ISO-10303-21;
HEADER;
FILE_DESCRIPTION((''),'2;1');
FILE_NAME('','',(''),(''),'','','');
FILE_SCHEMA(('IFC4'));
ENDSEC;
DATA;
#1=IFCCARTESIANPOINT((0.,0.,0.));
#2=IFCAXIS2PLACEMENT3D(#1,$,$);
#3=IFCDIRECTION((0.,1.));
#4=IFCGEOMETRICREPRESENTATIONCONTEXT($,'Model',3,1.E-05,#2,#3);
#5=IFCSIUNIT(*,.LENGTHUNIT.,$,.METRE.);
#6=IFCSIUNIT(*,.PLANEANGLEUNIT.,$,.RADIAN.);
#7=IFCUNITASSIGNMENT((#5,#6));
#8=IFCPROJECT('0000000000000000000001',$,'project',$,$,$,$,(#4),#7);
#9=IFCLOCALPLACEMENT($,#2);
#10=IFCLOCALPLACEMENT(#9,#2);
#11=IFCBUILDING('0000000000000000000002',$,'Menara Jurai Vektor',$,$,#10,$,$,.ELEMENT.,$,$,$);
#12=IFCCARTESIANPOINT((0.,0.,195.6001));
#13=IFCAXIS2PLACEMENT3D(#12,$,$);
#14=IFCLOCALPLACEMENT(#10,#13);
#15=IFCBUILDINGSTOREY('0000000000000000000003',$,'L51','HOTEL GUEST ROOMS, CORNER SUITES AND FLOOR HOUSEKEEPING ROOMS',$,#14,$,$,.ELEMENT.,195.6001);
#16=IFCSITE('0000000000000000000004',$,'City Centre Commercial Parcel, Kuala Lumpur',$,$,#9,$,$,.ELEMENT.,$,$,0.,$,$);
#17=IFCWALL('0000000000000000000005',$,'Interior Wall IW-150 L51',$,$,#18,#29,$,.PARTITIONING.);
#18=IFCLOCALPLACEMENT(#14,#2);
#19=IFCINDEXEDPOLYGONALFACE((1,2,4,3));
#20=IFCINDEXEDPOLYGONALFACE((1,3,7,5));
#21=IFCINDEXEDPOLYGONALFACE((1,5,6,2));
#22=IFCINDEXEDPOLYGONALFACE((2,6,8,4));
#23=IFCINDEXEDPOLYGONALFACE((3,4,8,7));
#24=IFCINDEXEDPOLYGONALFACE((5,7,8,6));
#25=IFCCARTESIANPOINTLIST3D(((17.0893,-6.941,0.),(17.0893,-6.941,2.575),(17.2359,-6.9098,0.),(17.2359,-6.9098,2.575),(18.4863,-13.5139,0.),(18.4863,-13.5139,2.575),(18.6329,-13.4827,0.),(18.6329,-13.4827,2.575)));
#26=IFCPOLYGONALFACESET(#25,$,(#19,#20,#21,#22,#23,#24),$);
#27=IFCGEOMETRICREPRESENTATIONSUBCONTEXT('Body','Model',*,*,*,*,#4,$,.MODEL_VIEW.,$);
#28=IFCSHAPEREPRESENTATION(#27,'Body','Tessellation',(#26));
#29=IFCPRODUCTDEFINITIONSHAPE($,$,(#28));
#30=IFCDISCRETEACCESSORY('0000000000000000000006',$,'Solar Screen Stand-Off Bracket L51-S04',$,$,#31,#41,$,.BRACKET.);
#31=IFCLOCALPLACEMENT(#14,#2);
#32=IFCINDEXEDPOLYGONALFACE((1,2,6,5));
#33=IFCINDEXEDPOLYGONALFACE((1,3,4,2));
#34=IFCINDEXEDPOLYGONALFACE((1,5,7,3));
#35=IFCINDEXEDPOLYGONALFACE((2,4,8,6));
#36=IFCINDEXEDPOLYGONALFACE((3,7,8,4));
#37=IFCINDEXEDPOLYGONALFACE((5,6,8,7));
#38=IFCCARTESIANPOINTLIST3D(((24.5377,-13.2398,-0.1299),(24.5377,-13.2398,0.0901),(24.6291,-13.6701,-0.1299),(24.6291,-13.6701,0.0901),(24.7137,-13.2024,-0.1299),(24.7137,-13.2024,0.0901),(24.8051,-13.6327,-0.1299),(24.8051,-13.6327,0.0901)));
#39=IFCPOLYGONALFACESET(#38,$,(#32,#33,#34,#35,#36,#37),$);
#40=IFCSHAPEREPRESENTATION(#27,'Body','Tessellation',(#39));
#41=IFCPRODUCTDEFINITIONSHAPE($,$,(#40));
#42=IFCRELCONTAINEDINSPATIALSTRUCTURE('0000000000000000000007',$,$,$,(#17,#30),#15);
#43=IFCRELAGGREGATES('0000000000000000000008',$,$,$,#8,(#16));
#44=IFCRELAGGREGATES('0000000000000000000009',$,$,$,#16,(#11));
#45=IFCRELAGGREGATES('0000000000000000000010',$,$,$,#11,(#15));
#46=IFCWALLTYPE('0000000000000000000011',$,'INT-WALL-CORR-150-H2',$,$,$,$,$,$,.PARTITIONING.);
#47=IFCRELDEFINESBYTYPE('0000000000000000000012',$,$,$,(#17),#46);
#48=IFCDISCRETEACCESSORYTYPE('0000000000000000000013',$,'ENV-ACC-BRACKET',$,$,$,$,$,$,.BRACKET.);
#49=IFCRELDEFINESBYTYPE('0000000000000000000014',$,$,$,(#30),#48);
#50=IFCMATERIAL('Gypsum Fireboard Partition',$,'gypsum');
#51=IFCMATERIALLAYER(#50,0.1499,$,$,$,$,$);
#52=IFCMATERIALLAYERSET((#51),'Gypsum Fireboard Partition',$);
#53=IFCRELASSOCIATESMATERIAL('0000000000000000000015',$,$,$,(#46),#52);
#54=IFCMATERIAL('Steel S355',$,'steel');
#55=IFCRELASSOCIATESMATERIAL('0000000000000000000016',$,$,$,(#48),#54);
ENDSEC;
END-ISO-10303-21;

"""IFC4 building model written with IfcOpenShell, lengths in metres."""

from ifc_helpers import new_model, si_unit, direction, frame, frame_2d, origin, origin_2d, place, context, subcontext, project, spatial, rectangle, extrude, material, layer, layer_set, type_object, element, save


model = new_model("IFC4")

# Units and contexts
model_context = context("Model", 3, precision=1e-05, world=origin(), true_north=direction((0.0, 1.0)))
body_context = subcontext(model_context, "Body", "Model", "MODEL_VIEW")
ifc_project = project(units=[si_unit("LENGTHUNIT", "METRE"), si_unit("PLANEANGLEUNIT", "RADIAN")], contexts=[model_context])

# Site, building, storey
site_placement = place(None, origin())
site = spatial("IfcSite", under=ifc_project, at=site_placement, Name="City Centre Commercial Parcel, Kuala Lumpur", CompositionType="ELEMENT", RefElevation=0.0)
building_placement = place(site_placement, origin())
building = spatial("IfcBuilding", under=site, at=building_placement, Name="Menara Jurai Vektor", CompositionType="ELEMENT")
storey_placement = place(building_placement, frame((0.0, 0.0, 195.6001)))
storey = spatial("IfcBuildingStorey", under=building, at=storey_placement, Name="L51", Description="HOTEL GUEST ROOMS, CORNER SUITES AND FLOOR HOUSEKEEPING ROOMS", CompositionType="ELEMENT", Elevation=195.6001)

# Shared definitions
ifc_material_1 = material(Name="Steel S355", Category="steel")

# Shared definitions
ifc_material_2 = material(Name="Gypsum Fireboard Partition", Category="gypsum")

# Wall
ifc_layer_1 = layer(ifc_material_2, 0.1499)
ifc_layer_set_1 = layer_set([ifc_layer_1], Name="Gypsum Fireboard Partition")
wall_type_1 = type_object("IfcWallType", Name="INT-WALL-CORR-150-H2", PredefinedType="PARTITIONING", material=ifc_layer_set_1)
wall_1_placement = place(storey_placement, frame((18.5596, -13.4983, 0.0), z_axis=(0.0, 0.0, 1.0), x_axis=(-0.207889, 0.978152, 0.0)))
element("IfcWall", 1, at=wall_1_placement, inside=storey, type_object=wall_type_1, Name="Interior Wall IW-150 L51", PredefinedType="PARTITIONING", context=body_context, shape_type="SweptSolid", body=[
    extrude(rectangle(XDim=6.7197, YDim=0.1499, at=frame_2d((3.3599, 0.0))), origin(), (0.0, 0.0, 1.0), 2.575),
])

# Discrete accessory
discrete_accessory_type = type_object("IfcDiscreteAccessoryType", Name="ENV-ACC-BRACKET", PredefinedType="BRACKET", material=ifc_material_1)
discrete_accessory_placement = place(storey_placement, frame((24.6714, -13.4363, -0.1299), z_axis=(0.0, 0.0, 1.0), x_axis=(0.978148, 0.207912, 0.0)))
element("IfcDiscreteAccessory", 2, at=discrete_accessory_placement, inside=storey, type_object=discrete_accessory_type, Name="Solar Screen Stand-Off Bracket L51-S04", PredefinedType="BRACKET", context=body_context, shape_type="SweptSolid", body=[
    extrude(rectangle(XDim=0.1799, YDim=0.4399, at=origin_2d()), origin(), (0.0, 0.0, 1.0), 0.22),
])

save(model, "model.ifc")
